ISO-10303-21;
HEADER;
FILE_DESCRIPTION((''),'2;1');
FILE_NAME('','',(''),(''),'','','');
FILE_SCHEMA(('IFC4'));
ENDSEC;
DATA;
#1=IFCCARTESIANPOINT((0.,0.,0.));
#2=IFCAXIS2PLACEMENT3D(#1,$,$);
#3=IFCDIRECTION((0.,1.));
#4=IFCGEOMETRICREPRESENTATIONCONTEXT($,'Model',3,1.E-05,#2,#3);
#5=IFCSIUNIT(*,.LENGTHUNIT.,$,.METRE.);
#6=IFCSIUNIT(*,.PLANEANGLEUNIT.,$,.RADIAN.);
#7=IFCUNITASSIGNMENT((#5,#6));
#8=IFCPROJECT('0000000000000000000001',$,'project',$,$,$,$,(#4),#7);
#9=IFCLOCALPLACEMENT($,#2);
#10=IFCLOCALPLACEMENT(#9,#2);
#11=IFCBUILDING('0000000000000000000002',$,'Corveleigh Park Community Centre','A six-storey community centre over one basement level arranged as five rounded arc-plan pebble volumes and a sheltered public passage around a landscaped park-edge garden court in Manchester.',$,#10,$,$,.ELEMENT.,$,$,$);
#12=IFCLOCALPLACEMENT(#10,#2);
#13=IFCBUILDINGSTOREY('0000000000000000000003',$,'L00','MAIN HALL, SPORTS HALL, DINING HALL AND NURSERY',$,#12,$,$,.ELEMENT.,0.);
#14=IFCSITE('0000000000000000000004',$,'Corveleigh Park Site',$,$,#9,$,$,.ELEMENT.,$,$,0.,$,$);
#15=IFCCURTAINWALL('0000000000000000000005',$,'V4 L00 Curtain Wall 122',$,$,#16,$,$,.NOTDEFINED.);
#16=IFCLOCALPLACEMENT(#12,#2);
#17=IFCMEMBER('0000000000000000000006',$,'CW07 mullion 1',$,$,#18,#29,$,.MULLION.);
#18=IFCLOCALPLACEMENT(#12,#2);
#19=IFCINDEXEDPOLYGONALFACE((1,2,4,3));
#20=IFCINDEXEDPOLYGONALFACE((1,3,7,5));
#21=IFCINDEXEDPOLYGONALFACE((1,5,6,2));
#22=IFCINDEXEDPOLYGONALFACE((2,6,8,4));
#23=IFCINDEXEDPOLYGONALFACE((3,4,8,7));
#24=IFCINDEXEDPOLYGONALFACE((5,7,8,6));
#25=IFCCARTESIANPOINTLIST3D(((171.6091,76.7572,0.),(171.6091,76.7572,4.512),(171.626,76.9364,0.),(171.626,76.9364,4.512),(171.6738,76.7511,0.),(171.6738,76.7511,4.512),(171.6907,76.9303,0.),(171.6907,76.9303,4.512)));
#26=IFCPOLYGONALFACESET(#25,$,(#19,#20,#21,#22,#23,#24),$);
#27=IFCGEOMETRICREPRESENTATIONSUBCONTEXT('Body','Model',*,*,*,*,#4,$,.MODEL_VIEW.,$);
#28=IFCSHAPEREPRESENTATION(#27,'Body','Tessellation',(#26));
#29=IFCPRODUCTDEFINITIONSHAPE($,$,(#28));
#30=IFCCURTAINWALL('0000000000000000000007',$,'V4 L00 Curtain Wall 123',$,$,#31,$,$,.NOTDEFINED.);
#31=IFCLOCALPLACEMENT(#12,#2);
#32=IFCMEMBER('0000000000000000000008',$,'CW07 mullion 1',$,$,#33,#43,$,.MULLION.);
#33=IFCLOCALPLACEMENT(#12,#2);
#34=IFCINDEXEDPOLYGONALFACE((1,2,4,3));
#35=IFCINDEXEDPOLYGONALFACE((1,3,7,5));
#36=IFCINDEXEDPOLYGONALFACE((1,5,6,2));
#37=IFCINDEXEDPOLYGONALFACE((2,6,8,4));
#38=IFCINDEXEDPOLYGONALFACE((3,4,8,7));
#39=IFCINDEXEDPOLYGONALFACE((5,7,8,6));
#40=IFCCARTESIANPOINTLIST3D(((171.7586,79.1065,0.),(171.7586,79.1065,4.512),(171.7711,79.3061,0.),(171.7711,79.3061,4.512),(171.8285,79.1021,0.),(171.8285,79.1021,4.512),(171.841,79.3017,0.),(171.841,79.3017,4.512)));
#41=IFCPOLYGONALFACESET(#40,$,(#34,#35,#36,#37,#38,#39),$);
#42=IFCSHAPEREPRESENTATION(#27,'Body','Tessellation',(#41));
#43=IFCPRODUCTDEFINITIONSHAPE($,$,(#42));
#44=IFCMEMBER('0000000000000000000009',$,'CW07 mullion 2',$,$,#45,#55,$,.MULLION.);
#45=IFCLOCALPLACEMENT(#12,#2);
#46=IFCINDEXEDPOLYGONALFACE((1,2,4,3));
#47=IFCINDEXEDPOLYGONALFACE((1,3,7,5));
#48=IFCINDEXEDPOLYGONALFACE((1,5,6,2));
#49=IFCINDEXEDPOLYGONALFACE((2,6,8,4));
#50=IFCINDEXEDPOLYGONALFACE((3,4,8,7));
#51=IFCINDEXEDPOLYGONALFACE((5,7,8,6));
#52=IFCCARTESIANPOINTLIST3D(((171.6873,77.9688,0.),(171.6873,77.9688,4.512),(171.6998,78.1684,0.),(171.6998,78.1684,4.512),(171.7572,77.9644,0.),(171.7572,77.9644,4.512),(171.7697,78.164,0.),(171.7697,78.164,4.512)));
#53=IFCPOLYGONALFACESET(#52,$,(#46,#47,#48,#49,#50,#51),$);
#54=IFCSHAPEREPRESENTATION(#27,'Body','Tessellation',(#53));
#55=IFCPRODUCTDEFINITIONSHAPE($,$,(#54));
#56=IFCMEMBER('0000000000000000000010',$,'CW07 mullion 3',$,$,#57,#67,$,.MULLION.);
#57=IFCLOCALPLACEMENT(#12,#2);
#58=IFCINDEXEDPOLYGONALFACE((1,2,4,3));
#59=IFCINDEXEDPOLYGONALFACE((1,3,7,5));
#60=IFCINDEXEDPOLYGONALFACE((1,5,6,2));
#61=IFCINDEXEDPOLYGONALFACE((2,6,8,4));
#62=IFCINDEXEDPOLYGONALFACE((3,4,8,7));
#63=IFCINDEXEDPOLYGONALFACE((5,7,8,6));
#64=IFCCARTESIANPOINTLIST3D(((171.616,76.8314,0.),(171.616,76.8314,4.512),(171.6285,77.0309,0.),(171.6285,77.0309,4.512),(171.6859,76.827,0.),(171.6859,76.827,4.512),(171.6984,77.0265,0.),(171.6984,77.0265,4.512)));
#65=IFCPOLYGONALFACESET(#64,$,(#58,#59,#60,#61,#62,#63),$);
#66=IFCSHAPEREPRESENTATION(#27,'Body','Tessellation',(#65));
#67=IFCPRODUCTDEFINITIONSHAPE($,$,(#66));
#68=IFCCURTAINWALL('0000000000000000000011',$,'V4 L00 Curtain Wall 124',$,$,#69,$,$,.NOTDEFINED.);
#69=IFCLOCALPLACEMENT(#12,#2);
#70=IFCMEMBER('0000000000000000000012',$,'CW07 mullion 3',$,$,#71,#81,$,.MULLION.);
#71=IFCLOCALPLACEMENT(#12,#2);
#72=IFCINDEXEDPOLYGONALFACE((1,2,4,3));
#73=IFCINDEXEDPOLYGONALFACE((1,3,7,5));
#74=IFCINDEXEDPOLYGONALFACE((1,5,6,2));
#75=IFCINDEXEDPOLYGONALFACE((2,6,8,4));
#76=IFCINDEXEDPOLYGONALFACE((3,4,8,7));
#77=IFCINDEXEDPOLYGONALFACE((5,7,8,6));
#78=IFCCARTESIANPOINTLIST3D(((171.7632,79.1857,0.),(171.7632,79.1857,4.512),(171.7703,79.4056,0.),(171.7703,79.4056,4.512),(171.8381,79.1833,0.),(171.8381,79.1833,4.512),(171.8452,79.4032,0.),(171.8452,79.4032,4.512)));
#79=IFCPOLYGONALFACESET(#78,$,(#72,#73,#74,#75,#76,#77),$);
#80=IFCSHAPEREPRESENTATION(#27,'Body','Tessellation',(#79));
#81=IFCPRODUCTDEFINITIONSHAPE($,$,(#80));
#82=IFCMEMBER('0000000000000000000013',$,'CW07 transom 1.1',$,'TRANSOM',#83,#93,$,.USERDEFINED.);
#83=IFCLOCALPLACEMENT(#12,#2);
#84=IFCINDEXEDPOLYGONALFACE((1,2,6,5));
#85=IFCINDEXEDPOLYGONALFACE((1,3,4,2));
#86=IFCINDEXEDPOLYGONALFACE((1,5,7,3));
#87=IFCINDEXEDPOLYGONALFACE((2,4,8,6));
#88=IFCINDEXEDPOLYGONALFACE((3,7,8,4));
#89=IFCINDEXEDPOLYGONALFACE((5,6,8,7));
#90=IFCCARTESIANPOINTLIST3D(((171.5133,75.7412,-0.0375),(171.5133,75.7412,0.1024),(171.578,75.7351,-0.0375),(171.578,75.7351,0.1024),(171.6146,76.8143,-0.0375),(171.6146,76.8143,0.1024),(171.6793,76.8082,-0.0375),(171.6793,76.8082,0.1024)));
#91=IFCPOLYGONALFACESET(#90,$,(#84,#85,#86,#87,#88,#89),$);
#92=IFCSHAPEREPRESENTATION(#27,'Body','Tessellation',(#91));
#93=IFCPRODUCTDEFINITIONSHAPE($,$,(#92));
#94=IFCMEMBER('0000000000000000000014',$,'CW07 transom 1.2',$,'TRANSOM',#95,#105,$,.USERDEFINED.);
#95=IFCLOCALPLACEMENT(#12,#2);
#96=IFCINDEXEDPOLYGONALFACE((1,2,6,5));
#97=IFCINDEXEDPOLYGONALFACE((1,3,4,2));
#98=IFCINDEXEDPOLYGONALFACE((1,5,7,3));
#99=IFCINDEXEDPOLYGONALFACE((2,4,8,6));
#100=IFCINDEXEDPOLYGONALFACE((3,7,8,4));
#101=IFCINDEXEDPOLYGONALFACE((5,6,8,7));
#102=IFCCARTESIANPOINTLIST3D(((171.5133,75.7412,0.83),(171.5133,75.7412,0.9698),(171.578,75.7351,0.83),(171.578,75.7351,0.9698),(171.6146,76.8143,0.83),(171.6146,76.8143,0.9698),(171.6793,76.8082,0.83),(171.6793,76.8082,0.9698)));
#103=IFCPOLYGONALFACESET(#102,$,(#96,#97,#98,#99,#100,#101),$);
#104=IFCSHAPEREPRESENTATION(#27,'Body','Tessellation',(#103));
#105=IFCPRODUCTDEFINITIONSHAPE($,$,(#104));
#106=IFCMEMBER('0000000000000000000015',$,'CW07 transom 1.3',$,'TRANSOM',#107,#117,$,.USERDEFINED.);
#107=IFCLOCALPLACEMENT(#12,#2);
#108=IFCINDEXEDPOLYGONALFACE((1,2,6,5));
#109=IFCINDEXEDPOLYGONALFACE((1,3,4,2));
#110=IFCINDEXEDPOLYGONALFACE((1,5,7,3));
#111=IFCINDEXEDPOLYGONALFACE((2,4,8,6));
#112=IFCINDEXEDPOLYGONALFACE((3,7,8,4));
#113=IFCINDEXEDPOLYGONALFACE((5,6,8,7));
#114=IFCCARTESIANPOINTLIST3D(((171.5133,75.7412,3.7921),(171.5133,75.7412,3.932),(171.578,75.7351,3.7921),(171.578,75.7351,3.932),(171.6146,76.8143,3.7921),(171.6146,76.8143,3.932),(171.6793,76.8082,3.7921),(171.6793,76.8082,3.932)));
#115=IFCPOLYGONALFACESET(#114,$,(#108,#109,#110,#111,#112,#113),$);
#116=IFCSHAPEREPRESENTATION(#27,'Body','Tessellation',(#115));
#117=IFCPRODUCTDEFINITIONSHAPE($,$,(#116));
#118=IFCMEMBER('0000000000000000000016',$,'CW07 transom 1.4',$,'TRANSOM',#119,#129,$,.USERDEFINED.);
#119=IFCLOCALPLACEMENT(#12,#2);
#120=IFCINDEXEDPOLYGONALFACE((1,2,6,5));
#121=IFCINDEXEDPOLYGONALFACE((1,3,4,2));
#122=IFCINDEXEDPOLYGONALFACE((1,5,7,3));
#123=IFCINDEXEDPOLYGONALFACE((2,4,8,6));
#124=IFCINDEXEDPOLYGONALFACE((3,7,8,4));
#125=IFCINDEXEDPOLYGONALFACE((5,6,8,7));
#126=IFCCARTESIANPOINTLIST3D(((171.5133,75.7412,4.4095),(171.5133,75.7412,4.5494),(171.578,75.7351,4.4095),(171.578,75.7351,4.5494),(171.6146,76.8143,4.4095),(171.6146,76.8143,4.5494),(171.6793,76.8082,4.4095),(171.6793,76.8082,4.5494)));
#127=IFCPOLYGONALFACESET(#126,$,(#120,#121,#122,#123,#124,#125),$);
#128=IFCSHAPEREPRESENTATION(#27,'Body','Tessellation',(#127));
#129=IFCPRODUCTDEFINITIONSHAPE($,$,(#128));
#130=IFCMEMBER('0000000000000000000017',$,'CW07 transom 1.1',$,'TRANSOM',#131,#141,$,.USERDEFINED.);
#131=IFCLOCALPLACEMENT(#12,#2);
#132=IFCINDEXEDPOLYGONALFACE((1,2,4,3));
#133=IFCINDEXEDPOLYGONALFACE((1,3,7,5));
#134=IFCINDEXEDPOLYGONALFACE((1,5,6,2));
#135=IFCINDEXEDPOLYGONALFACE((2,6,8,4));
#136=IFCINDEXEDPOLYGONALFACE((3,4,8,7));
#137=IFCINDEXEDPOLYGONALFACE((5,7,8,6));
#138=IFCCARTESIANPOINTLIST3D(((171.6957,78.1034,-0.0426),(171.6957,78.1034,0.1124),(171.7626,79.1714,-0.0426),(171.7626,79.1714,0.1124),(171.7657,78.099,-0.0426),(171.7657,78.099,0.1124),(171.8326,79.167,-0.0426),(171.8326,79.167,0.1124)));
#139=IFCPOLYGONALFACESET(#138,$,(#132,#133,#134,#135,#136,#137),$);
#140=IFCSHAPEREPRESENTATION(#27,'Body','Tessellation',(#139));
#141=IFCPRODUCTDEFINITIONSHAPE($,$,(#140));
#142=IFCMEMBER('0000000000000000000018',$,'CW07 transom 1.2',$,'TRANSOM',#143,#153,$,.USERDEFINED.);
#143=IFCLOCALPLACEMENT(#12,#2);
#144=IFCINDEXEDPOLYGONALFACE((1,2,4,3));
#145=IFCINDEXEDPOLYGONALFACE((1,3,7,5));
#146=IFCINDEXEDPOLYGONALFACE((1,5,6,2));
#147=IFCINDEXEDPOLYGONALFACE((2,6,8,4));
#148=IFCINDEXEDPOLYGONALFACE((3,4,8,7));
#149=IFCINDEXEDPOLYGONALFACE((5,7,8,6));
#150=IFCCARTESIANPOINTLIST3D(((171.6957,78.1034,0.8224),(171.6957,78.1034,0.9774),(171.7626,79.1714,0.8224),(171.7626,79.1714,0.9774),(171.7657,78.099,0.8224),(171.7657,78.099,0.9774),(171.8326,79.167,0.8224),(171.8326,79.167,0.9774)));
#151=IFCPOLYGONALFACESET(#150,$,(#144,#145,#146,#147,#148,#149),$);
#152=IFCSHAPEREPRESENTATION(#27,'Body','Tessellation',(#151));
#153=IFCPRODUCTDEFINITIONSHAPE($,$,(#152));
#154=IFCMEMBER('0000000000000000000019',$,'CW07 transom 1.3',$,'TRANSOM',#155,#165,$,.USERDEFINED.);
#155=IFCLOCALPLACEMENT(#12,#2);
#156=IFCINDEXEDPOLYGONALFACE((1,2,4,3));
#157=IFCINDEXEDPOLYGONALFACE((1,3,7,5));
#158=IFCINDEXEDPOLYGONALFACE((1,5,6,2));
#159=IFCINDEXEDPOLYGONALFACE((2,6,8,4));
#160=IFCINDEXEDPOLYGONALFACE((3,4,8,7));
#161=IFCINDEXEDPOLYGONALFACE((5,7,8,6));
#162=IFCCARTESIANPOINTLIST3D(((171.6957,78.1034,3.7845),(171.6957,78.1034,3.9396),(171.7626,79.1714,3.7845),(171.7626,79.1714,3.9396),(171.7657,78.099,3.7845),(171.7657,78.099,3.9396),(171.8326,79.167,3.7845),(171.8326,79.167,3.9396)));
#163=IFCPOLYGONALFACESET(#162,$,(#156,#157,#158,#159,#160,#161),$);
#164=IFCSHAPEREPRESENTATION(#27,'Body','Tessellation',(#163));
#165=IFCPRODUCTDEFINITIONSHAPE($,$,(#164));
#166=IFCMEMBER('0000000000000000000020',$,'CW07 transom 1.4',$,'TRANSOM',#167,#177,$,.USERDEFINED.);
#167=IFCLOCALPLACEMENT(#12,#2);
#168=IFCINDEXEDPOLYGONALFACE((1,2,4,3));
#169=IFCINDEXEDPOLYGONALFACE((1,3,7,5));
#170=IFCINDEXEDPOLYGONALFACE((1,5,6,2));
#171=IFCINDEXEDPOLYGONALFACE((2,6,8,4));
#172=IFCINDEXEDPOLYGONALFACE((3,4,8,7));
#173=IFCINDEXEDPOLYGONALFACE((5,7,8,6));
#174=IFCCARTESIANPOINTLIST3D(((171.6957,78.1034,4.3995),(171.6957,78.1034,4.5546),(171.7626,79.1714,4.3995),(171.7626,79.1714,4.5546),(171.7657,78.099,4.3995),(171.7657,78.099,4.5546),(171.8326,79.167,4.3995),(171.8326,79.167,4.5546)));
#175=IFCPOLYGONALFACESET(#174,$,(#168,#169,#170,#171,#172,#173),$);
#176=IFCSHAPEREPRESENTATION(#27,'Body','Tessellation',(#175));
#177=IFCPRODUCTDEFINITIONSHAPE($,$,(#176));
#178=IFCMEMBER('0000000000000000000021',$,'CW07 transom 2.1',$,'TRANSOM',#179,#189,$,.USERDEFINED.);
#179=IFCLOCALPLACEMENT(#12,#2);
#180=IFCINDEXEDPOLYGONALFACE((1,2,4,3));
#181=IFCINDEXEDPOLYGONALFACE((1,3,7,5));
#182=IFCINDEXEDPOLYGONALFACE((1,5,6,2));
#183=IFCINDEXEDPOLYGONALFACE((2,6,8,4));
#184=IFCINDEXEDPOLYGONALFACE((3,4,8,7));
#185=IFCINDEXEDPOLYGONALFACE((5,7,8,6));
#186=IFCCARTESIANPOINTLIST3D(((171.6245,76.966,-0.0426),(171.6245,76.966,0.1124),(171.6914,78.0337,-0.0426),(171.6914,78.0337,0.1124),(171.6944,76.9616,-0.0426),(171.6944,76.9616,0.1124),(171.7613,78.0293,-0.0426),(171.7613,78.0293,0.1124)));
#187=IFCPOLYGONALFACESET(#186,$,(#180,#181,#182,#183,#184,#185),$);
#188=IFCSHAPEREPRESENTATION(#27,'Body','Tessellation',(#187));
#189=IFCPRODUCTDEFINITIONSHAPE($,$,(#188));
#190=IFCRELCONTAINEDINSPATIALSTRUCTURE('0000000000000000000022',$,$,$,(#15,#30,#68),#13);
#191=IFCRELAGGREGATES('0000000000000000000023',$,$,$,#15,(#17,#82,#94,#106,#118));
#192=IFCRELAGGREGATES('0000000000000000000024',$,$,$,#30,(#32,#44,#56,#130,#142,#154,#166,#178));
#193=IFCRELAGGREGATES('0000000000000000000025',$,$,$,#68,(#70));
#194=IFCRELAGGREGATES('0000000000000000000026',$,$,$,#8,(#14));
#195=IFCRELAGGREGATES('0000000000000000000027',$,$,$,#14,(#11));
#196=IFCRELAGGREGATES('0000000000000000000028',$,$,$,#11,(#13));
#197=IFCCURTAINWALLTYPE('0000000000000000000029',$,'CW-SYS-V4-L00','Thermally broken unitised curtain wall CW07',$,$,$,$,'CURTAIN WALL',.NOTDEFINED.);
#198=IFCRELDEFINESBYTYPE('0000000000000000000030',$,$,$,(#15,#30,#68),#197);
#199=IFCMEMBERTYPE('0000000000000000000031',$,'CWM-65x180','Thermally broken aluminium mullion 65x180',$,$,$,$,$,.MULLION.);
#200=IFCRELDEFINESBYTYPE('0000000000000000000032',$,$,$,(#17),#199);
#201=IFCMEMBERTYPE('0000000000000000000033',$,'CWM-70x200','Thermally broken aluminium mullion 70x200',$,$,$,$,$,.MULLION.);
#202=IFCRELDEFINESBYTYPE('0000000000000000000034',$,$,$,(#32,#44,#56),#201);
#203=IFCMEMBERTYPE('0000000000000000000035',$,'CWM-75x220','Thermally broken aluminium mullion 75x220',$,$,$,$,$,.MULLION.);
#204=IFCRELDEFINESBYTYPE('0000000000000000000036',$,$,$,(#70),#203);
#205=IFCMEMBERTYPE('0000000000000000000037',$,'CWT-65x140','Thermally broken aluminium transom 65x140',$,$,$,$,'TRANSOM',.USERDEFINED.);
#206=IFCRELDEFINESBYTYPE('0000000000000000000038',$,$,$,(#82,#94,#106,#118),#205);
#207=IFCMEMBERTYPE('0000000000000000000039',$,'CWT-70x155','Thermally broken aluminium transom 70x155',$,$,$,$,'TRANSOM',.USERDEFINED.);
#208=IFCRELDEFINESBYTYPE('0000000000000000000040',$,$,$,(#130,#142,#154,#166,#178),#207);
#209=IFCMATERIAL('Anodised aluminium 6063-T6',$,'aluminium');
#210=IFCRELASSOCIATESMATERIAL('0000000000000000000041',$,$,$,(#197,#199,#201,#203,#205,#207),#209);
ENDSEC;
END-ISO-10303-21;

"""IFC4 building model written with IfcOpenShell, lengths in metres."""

from ifc_helpers import new_model, si_unit, direction, frame, origin, origin_2d, place, context, subcontext, project, spatial, rectangle, extrude, material, material_profile, profile_set, type_object, element, aggregate, save


model = new_model("IFC4")

# Units and contexts
model_context = context("Model", 3, precision=1e-05, world=origin(), true_north=direction((0.0, 1.0)))
body_context = subcontext(model_context, "Body", "Model", "MODEL_VIEW")
ifc_project = project(units=[si_unit("LENGTHUNIT", "METRE"), si_unit("PLANEANGLEUNIT", "RADIAN")], contexts=[model_context])

# Site, building, storey
site_placement = place(None, origin())
site = spatial("IfcSite", under=ifc_project, at=site_placement, Name="Corveleigh Park Site", CompositionType="ELEMENT", RefElevation=0.0)
building_placement = place(site_placement, origin())
building = spatial("IfcBuilding", under=site, at=building_placement, Name="Corveleigh Park Community Centre", Description="A six-storey community centre over one basement level arranged as five rounded arc-plan pebble volumes and a sheltered public passage around a landscaped park-edge garden court in Manchester.", CompositionType="ELEMENT")
storey_placement = place(building_placement, origin())
storey = spatial("IfcBuildingStorey", under=building, at=storey_placement, Name="L00", Description="MAIN HALL, SPORTS HALL, DINING HALL AND NURSERY", CompositionType="ELEMENT", Elevation=0.0)

# Curtain wall, member
ifc_material_1 = material(Name="Anodised aluminium 6063-T6", Category="aluminium")
curtain_wall_type = type_object("IfcCurtainWallType", Name="CW-SYS-V4-L00", Description="Thermally broken unitised curtain wall CW07", ElementType="CURTAIN WALL", PredefinedType="NOTDEFINED", material=ifc_material_1)
curtain_wall_1_placement = place(storey_placement, origin())
curtain_wall_1 = element("IfcCurtainWall", 1, at=curtain_wall_1_placement, inside=storey, type_object=curtain_wall_type, Name="V4 L00 Curtain Wall 122", PredefinedType="NOTDEFINED")
ifc_material_profile_1 = material_profile(ifc_material_1, rectangle(XDim=0.0649, YDim=0.1799, at=origin_2d()), Name="ALU-M65x180", Category="aluminium")
ifc_profile_set_1 = profile_set([ifc_material_profile_1], Name="Anodised aluminium 6063-T6")
member_type_1 = type_object("IfcMemberType", Name="CWM-65x180", Description="Thermally broken aluminium mullion 65x180", PredefinedType="MULLION", material=ifc_profile_set_1)
member_1_placement = place(storey_placement, frame((171.6499, 76.8438, 0.0), z_axis=(0.0, 0.0, 1.0), x_axis=(0.99557, -0.094026, 0.0)))
member_1 = element("IfcMember", 2, at=member_1_placement, type_object=member_type_1, Name="CW07 mullion 1", PredefinedType="MULLION", context=body_context, shape_type="SweptSolid", body=[
    extrude(rectangle(XDim=0.0649, YDim=0.1799, at=origin_2d()), origin(), (0.0, 0.0, 1.0), 4.512),
])

# Curtain wall, members
curtain_wall_2_placement = place(storey_placement, origin())
curtain_wall_2 = element("IfcCurtainWall", 3, at=curtain_wall_2_placement, inside=storey, type_object=curtain_wall_type, Name="V4 L00 Curtain Wall 123", PredefinedType="NOTDEFINED")
ifc_material_profile_2 = material_profile(ifc_material_1, rectangle(XDim=0.0701, YDim=0.2, at=origin_2d()), Name="ALU-M70x200", Category="aluminium")
ifc_profile_set_2 = profile_set([ifc_material_profile_2], Name="Anodised aluminium 6063-T6")
member_type_2 = type_object("IfcMemberType", Name="CWM-70x200", Description="Thermally broken aluminium mullion 70x200", PredefinedType="MULLION", material=ifc_profile_set_2)
member_2_placement = place(storey_placement, frame((171.7998, 79.2041, 0.0), z_axis=(0.0, 0.0, 1.0), x_axis=(0.998041, -0.062564, 0.0)))
member_2 = element("IfcMember", 4, at=member_2_placement, type_object=member_type_2, Name="CW07 mullion 1", PredefinedType="MULLION", context=body_context, shape_type="SweptSolid", body=[
    extrude(rectangle(XDim=0.0701, YDim=0.2, at=origin_2d()), origin(), (0.0, 0.0, 1.0), 4.512),
])
member_3_placement = place(storey_placement, frame((171.7285, 78.0664, 0.0), z_axis=(0.0, 0.0, 1.0), x_axis=(0.998041, -0.062564, 0.0)))
member_3 = element("IfcMember", 5, at=member_3_placement, type_object=member_type_2, Name="CW07 mullion 2", PredefinedType="MULLION", context=body_context, shape_type="SweptSolid", body=[
    extrude(rectangle(XDim=0.0701, YDim=0.2, at=origin_2d()), origin(), (0.0, 0.0, 1.0), 4.512),
])
member_4_placement = place(storey_placement, frame((171.6572, 76.929, 0.0), z_axis=(0.0, 0.0, 1.0), x_axis=(0.998041, -0.062564, 0.0)))
member_4 = element("IfcMember", 6, at=member_4_placement, type_object=member_type_2, Name="CW07 mullion 3", PredefinedType="MULLION", context=body_context, shape_type="SweptSolid", body=[
    extrude(rectangle(XDim=0.0701, YDim=0.2, at=origin_2d()), origin(), (0.0, 0.0, 1.0), 4.512),
])

# Curtain wall, member
curtain_wall_3_placement = place(storey_placement, origin())
curtain_wall_3 = element("IfcCurtainWall", 7, at=curtain_wall_3_placement, inside=storey, type_object=curtain_wall_type, Name="V4 L00 Curtain Wall 124", PredefinedType="NOTDEFINED")
ifc_material_profile_3 = material_profile(ifc_material_1, rectangle(XDim=0.075, YDim=0.22, at=origin_2d()), Name="ALU-M75x220", Category="aluminium")
ifc_profile_set_3 = profile_set([ifc_material_profile_3], Name="Anodised aluminium 6063-T6")
member_type_3 = type_object("IfcMemberType", Name="CWM-75x220", Description="Thermally broken aluminium mullion 75x220", PredefinedType="MULLION", material=ifc_profile_set_3)
member_5_placement = place(storey_placement, frame((171.8042, 79.2944, 0.0), z_axis=(0.0, 0.0, 1.0), x_axis=(0.999491, -0.031899, 0.0)))
member_5 = element("IfcMember", 8, at=member_5_placement, type_object=member_type_3, Name="CW07 mullion 3", PredefinedType="MULLION", context=body_context, shape_type="SweptSolid", body=[
    extrude(rectangle(XDim=0.075, YDim=0.22, at=origin_2d()), origin(), (0.0, 0.0, 1.0), 4.512),
])

# Members
ifc_material_profile_4 = material_profile(ifc_material_1, rectangle(XDim=0.0649, YDim=0.1399, at=origin_2d()), Name="ALU-T65x140", Category="aluminium")
ifc_profile_set_4 = profile_set([ifc_material_profile_4], Name="Anodised aluminium 6063-T6")
member_type_4 = type_object("IfcMemberType", Name="CWT-65x140", Description="Thermally broken aluminium transom 65x140", ElementType="TRANSOM", PredefinedType="USERDEFINED", material=ifc_profile_set_4)
member_6_placement = place(storey_placement, frame((171.647, 76.8113, 0.0325), z_axis=(-0.094007, -0.995572, 0.0), x_axis=(0.995572, -0.094007, 0.0)))
member_6 = element("IfcMember", 9, at=member_6_placement, type_object=member_type_4, Name="CW07 transom 1.1", ObjectType="TRANSOM", PredefinedType="USERDEFINED", context=body_context, shape_type="SweptSolid", body=[
    extrude(rectangle(XDim=0.0649, YDim=0.1399, at=origin_2d()), origin(), (0.0, 0.0, 1.0), 1.0779),
])
member_7_placement = place(storey_placement, frame((171.647, 76.8113, 0.8999), z_axis=(-0.094007, -0.995572, 0.0), x_axis=(0.995572, -0.094007, 0.0)))
member_7 = element("IfcMember", 10, at=member_7_placement, type_object=member_type_4, Name="CW07 transom 1.2", ObjectType="TRANSOM", PredefinedType="USERDEFINED", context=body_context, shape_type="SweptSolid", body=[
    extrude(rectangle(XDim=0.0649, YDim=0.1399, at=origin_2d()), origin(), (0.0, 0.0, 1.0), 1.0779),
])
member_8_placement = place(storey_placement, frame((171.647, 76.8113, 3.8621), z_axis=(-0.094007, -0.995572, 0.0), x_axis=(0.995572, -0.094007, 0.0)))
member_8 = element("IfcMember", 11, at=member_8_placement, type_object=member_type_4, Name="CW07 transom 1.3", ObjectType="TRANSOM", PredefinedType="USERDEFINED", context=body_context, shape_type="SweptSolid", body=[
    extrude(rectangle(XDim=0.0649, YDim=0.1399, at=origin_2d()), origin(), (0.0, 0.0, 1.0), 1.0779),
])
member_9_placement = place(storey_placement, frame((171.647, 76.8113, 4.4795), z_axis=(-0.094007, -0.995572, 0.0), x_axis=(0.995572, -0.094007, 0.0)))
member_9 = element("IfcMember", 12, at=member_9_placement, type_object=member_type_4, Name="CW07 transom 1.4", ObjectType="TRANSOM", PredefinedType="USERDEFINED", context=body_context, shape_type="SweptSolid", body=[
    extrude(rectangle(XDim=0.0649, YDim=0.1399, at=origin_2d()), origin(), (0.0, 0.0, 1.0), 1.0779),
])
ifc_material_profile_5 = material_profile(ifc_material_1, rectangle(XDim=0.0701, YDim=0.155, at=origin_2d()), Name="ALU-T70x155", Category="aluminium")
ifc_profile_set_5 = profile_set([ifc_material_profile_5], Name="Anodised aluminium 6063-T6")
member_type_5 = type_object("IfcMemberType", Name="CWT-70x155", Description="Thermally broken aluminium transom 70x155", ElementType="TRANSOM", PredefinedType="USERDEFINED", material=ifc_profile_set_5)
member_10_placement = place(storey_placement, frame((171.7976, 79.1692, 0.0349), z_axis=(-0.06252, -0.998044, 0.0), x_axis=(0.998044, -0.06252, 0.0)))
member_10 = element("IfcMember", 13, at=member_10_placement, type_object=member_type_5, Name="CW07 transom 1.1", ObjectType="TRANSOM", PredefinedType="USERDEFINED", context=body_context, shape_type="SweptSolid", body=[
    extrude(rectangle(XDim=0.0701, YDim=0.155, at=origin_2d()), origin(), (0.0, 0.0, 1.0), 1.0701),
])
member_11_placement = place(storey_placement, frame((171.7976, 79.1692, 0.8999), z_axis=(-0.06252, -0.998044, 0.0), x_axis=(0.998044, -0.06252, 0.0)))
member_11 = element("IfcMember", 14, at=member_11_placement, type_object=member_type_5, Name="CW07 transom 1.2", ObjectType="TRANSOM", PredefinedType="USERDEFINED", context=body_context, shape_type="SweptSolid", body=[
    extrude(rectangle(XDim=0.0701, YDim=0.155, at=origin_2d()), origin(), (0.0, 0.0, 1.0), 1.0701),
])
member_12_placement = place(storey_placement, frame((171.7976, 79.1692, 3.8621), z_axis=(-0.06252, -0.998044, 0.0), x_axis=(0.998044, -0.06252, 0.0)))
member_12 = element("IfcMember", 15, at=member_12_placement, type_object=member_type_5, Name="CW07 transom 1.3", ObjectType="TRANSOM", PredefinedType="USERDEFINED", context=body_context, shape_type="SweptSolid", body=[
    extrude(rectangle(XDim=0.0701, YDim=0.155, at=origin_2d()), origin(), (0.0, 0.0, 1.0), 1.0701),
])
member_13_placement = place(storey_placement, frame((171.7976, 79.1692, 4.4771), z_axis=(-0.06252, -0.998044, 0.0), x_axis=(0.998044, -0.06252, 0.0)))
member_13 = element("IfcMember", 16, at=member_13_placement, type_object=member_type_5, Name="CW07 transom 1.4", ObjectType="TRANSOM", PredefinedType="USERDEFINED", context=body_context, shape_type="SweptSolid", body=[
    extrude(rectangle(XDim=0.0701, YDim=0.155, at=origin_2d()), origin(), (0.0, 0.0, 1.0), 1.0701),
])
member_14_placement = place(storey_placement, frame((171.7263, 78.0315, 0.0349), z_axis=(-0.062535, -0.998043, 0.0), x_axis=(0.998043, -0.062535, 0.0)))
member_14 = element("IfcMember", 17, at=member_14_placement, type_object=member_type_5, Name="CW07 transom 2.1", ObjectType="TRANSOM", PredefinedType="USERDEFINED", context=body_context, shape_type="SweptSolid", body=[
    extrude(rectangle(XDim=0.0701, YDim=0.155, at=origin_2d()), origin(), (0.0, 0.0, 1.0), 1.0698),
])

aggregate(curtain_wall_1, [member_1, member_6, member_7, member_8, member_9])
aggregate(curtain_wall_2, [member_2, member_3, member_4, member_10, member_11, member_12, member_13, member_14])
aggregate(curtain_wall_3, [member_5])

save(model, "model.ifc")
